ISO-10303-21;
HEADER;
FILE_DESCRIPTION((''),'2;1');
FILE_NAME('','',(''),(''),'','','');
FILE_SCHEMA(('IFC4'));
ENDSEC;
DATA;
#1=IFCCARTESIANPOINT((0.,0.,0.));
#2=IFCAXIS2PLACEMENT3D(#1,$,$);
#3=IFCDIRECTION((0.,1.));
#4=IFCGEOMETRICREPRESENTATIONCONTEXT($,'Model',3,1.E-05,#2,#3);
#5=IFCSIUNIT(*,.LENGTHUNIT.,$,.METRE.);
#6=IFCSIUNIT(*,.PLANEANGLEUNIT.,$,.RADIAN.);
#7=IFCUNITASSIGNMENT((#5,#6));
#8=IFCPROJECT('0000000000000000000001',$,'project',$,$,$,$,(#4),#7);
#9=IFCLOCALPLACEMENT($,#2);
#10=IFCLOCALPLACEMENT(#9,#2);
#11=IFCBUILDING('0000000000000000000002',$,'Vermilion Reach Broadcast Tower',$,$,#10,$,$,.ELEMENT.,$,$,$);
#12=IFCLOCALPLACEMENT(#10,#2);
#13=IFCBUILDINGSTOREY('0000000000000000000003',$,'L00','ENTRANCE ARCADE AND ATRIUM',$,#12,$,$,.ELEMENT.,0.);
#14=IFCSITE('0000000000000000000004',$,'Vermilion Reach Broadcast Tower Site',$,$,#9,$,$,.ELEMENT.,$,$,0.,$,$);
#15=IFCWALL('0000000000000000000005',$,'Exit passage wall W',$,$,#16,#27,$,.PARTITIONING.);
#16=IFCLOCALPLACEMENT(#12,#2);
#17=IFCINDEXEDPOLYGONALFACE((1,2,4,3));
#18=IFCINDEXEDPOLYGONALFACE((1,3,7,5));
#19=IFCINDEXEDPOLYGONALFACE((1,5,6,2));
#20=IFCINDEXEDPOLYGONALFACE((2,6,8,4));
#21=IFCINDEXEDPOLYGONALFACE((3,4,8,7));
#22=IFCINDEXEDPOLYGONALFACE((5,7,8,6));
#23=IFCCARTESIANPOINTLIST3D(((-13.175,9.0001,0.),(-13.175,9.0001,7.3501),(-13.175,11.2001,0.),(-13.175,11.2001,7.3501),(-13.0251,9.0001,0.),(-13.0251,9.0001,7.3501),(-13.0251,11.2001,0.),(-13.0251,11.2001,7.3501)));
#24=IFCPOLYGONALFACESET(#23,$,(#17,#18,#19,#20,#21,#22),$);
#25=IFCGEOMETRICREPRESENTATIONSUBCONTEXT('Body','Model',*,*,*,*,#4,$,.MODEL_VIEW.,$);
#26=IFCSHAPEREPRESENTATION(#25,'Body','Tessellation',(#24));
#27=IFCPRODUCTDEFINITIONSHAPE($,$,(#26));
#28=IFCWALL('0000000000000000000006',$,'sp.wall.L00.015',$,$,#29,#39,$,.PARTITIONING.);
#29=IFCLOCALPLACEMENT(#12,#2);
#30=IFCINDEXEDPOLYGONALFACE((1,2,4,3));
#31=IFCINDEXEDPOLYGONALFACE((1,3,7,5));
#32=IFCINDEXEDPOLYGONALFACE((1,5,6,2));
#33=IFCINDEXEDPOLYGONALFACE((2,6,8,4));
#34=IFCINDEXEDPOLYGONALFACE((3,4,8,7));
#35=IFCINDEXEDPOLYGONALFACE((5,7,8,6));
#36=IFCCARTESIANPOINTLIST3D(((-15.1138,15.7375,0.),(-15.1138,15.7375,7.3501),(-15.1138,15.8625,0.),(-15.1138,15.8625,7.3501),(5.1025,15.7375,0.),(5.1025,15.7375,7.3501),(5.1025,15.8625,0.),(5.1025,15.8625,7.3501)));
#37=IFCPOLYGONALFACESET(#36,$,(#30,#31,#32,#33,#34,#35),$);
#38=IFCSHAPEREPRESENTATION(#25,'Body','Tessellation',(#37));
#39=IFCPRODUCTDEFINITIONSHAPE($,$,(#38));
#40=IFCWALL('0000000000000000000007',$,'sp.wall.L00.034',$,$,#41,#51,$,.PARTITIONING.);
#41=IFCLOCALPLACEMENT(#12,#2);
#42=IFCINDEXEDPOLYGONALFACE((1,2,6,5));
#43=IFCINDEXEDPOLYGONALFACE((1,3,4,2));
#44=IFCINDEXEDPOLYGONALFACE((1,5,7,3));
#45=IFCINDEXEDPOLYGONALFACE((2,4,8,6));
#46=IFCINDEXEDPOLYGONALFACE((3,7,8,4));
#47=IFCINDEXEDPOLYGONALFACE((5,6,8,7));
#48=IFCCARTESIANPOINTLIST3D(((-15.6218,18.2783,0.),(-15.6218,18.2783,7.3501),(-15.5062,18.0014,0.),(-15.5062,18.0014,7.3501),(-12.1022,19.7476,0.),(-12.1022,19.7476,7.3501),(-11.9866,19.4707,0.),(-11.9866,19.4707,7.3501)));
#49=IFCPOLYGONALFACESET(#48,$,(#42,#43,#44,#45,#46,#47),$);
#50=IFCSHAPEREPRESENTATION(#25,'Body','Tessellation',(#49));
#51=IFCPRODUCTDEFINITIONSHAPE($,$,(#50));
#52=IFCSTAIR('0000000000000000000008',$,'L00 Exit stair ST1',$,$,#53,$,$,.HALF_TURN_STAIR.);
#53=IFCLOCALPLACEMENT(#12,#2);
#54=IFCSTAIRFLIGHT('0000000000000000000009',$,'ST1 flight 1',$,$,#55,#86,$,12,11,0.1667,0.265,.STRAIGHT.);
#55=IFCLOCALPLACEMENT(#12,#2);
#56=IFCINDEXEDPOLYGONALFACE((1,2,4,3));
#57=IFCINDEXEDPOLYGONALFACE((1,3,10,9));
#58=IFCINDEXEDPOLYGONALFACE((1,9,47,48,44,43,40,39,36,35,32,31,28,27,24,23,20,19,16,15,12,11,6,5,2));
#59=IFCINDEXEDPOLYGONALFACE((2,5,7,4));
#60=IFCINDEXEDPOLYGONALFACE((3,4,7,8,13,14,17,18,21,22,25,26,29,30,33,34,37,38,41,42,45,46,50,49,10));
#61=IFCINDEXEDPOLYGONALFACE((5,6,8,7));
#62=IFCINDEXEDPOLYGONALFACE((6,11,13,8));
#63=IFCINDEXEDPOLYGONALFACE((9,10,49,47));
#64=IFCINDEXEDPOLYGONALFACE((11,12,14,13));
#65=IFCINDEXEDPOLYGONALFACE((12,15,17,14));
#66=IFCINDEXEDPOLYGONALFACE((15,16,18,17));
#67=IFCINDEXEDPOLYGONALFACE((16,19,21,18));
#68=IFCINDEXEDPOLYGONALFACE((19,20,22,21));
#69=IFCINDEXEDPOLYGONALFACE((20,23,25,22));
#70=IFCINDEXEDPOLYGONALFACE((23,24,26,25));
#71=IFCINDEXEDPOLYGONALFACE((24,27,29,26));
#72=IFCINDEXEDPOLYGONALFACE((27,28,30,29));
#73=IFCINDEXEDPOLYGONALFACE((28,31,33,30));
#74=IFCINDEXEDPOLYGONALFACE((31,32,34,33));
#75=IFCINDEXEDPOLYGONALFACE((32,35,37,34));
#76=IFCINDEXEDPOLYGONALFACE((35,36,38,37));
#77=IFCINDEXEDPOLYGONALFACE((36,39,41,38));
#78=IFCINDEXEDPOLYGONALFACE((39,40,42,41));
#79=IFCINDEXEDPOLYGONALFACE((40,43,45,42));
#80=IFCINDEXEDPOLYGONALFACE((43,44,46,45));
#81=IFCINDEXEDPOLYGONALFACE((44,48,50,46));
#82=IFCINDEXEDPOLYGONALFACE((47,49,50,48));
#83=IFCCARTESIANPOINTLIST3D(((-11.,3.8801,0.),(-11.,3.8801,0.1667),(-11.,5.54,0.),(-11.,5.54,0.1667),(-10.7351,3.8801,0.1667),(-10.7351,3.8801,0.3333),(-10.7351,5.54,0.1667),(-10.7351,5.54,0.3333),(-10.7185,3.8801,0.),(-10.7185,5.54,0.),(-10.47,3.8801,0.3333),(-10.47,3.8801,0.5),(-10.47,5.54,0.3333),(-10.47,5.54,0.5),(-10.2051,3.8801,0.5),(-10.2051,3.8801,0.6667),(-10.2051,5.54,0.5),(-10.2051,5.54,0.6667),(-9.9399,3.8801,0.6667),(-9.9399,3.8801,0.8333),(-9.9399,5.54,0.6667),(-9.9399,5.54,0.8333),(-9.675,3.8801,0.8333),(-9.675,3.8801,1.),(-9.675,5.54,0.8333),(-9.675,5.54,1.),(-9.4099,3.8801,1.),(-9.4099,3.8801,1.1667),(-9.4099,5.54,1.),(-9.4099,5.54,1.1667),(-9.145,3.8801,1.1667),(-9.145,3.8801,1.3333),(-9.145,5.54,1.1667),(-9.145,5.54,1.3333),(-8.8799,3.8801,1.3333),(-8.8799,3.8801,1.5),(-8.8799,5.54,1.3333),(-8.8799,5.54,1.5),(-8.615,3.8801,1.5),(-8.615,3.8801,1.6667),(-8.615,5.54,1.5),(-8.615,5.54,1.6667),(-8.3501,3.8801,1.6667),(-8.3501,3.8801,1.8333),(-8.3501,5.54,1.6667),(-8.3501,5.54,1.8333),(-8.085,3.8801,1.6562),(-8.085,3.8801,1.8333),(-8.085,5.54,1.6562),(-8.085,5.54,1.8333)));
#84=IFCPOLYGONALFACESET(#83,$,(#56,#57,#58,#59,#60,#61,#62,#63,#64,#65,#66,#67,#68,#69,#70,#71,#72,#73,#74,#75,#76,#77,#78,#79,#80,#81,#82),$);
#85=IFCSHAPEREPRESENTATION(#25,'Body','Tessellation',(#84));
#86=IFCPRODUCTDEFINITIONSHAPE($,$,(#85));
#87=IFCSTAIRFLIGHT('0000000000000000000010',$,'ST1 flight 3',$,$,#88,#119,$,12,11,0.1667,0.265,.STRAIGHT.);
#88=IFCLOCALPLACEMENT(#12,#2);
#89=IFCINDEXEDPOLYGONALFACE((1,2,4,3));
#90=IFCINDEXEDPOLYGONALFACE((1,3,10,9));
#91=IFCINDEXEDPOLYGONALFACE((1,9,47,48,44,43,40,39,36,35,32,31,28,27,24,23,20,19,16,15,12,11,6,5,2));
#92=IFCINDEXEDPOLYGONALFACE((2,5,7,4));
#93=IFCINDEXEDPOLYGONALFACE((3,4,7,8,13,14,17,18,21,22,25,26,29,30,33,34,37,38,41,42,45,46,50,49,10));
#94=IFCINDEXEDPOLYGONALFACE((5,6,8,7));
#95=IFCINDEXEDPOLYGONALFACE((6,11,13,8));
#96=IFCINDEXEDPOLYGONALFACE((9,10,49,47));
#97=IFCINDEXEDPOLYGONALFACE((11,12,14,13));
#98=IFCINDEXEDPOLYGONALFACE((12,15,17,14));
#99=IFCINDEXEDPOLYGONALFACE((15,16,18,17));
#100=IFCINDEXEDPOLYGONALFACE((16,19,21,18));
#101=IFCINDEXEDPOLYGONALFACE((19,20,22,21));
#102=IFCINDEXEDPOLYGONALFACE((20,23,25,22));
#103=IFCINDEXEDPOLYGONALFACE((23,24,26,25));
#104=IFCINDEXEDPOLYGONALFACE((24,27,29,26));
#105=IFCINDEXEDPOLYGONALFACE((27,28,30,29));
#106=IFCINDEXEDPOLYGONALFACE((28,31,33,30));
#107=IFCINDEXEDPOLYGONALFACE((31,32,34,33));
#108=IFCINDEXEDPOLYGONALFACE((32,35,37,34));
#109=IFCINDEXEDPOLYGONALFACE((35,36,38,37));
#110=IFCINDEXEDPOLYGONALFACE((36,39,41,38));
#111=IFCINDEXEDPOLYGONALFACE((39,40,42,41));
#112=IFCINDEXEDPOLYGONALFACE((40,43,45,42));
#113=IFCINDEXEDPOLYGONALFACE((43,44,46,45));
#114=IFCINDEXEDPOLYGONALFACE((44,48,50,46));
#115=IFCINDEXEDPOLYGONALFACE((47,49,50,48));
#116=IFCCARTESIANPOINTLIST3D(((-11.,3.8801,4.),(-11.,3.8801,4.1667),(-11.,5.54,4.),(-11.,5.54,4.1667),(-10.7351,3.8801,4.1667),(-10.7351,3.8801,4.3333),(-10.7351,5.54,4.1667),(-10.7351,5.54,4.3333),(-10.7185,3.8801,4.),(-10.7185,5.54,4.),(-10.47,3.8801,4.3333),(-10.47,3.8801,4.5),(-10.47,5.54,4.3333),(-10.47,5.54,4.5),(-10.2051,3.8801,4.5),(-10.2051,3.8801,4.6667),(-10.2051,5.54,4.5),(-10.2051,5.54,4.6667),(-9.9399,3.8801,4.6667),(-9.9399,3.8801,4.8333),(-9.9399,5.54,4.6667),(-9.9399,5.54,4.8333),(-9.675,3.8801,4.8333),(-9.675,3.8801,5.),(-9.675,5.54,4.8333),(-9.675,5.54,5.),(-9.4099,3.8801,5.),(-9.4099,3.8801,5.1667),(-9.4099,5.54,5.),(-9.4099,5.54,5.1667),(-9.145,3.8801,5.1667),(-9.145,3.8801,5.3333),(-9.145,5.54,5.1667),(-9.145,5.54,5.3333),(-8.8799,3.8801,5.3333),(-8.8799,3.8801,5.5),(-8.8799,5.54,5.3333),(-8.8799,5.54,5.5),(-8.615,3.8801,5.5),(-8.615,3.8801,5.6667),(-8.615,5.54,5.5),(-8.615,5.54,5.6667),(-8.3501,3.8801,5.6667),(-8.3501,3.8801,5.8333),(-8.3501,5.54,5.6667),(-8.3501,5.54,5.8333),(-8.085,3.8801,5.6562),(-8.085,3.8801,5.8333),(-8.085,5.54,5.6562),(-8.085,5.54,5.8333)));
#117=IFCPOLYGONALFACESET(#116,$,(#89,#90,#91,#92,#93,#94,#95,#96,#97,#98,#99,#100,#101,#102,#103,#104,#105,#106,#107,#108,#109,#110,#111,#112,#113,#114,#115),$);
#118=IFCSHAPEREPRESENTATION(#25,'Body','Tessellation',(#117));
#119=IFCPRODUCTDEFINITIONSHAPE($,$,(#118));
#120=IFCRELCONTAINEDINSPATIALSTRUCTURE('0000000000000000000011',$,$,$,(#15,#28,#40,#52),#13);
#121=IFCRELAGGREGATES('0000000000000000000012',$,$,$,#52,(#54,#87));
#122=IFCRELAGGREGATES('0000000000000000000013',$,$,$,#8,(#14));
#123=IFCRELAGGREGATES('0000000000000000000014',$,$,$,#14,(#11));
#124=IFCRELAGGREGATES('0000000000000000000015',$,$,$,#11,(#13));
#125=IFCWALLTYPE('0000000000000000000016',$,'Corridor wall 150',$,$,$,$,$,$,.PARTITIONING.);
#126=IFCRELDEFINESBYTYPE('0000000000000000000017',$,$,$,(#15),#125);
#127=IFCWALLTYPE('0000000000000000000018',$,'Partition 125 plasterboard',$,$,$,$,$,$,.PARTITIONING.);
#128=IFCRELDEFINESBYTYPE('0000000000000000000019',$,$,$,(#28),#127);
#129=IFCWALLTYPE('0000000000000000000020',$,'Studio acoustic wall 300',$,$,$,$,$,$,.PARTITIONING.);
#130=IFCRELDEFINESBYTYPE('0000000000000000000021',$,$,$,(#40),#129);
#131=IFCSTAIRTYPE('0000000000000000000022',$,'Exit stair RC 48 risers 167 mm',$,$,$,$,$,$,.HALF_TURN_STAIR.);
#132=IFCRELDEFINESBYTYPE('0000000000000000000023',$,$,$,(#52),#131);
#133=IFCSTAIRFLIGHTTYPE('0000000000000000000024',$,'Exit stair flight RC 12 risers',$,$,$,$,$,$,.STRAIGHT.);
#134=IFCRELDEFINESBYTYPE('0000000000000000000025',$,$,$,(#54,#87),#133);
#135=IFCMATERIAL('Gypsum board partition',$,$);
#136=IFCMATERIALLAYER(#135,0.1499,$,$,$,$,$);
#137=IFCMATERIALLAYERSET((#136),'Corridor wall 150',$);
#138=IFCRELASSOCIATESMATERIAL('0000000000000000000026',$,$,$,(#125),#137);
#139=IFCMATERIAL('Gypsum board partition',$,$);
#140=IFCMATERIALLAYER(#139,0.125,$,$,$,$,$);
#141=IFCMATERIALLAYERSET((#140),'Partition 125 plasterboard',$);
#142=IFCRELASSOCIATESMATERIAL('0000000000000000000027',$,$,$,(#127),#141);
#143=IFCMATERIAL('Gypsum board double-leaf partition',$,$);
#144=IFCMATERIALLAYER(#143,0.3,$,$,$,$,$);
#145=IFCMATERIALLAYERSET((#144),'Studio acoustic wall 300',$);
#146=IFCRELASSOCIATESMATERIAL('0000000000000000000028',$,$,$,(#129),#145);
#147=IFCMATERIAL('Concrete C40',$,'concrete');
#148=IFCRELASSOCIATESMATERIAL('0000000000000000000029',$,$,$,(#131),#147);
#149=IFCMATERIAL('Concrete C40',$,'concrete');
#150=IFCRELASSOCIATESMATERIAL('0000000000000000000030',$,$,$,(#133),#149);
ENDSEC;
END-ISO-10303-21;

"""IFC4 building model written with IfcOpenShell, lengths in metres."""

from ifc_helpers import new_model, si_unit, direction, frame, frame_2d, origin, place, context, subcontext, project, spatial, polyline, rectangle, outline, extrude, material, layer, layer_set, type_object, element, aggregate, save


model = new_model("IFC4")

# Units and contexts
model_context = context("Model", 3, precision=1e-05, world=origin(), true_north=direction((0.0, 1.0)))
body_context = subcontext(model_context, "Body", "Model", "MODEL_VIEW")
ifc_project = project(units=[si_unit("LENGTHUNIT", "METRE"), si_unit("PLANEANGLEUNIT", "RADIAN")], contexts=[model_context])

# Site, building, storey
site_placement = place(None, origin())
site = spatial("IfcSite", under=ifc_project, at=site_placement, Name="Vermilion Reach Broadcast Tower Site", CompositionType="ELEMENT", RefElevation=0.0)
building_placement = place(site_placement, origin())
building = spatial("IfcBuilding", under=site, at=building_placement, Name="Vermilion Reach Broadcast Tower", CompositionType="ELEMENT")
storey_placement = place(building_placement, origin())
storey = spatial("IfcBuildingStorey", under=building, at=storey_placement, Name="L00", Description="ENTRANCE ARCADE AND ATRIUM", CompositionType="ELEMENT", Elevation=0.0)

# Shared definitions
ifc_material_1 = material(Name="Gypsum board partition")
ifc_layer_1 = layer(ifc_material_1, 0.1499)
ifc_layer_set_1 = layer_set([ifc_layer_1], Name="Corridor wall 150")
wall_type_1 = type_object("IfcWallType", Name="Corridor wall 150", PredefinedType="PARTITIONING", material=ifc_layer_set_1)

# Walls
wall_1_placement = place(storey_placement, frame((-13.1001, 9.0, 0.0), z_axis=(0.0, 0.0, 1.0), x_axis=(0.0, 1.0, 0.0)))
element("IfcWall", 1, at=wall_1_placement, inside=storey, type_object=wall_type_1, Name="Exit passage wall W", PredefinedType="PARTITIONING", context=body_context, shape_type="SweptSolid", body=[
    extrude(rectangle(XDim=2.2, YDim=0.1499, at=frame_2d((1.1001, 0.0))), origin(), (0.0, 0.0, 1.0), 7.3501),
])
ifc_material_2 = material(Name="Gypsum board partition")
ifc_layer_2 = layer(ifc_material_2, 0.125)
ifc_layer_set_2 = layer_set([ifc_layer_2], Name="Partition 125 plasterboard")
wall_type_2 = type_object("IfcWallType", Name="Partition 125 plasterboard", PredefinedType="PARTITIONING", material=ifc_layer_set_2)
wall_2_placement = place(storey_placement, frame((-15.1138, 15.8, 0.0), z_axis=(0.0, 0.0, 1.0), x_axis=(1.0, 0.0, 0.0)))
element("IfcWall", 2, at=wall_2_placement, inside=storey, type_object=wall_type_2, Name="sp.wall.L00.015", PredefinedType="PARTITIONING", context=body_context, shape_type="SweptSolid", body=[
    extrude(rectangle(XDim=20.2163, YDim=0.125, at=frame_2d((10.1082, 0.0))), origin(), (0.0, 0.0, 1.0), 7.3501),
])
ifc_material_3 = material(Name="Gypsum board double-leaf partition")
ifc_layer_3 = layer(ifc_material_3, 0.3)
ifc_layer_set_3 = layer_set([ifc_layer_3], Name="Studio acoustic wall 300")
wall_type_3 = type_object("IfcWallType", Name="Studio acoustic wall 300", PredefinedType="PARTITIONING", material=ifc_layer_set_3)
wall_3_placement = place(storey_placement, frame((-15.564, 18.1399, 0.0), z_axis=(0.0, 0.0, 1.0), x_axis=(0.922819, 0.385233, 0.0)))
element("IfcWall", 3, at=wall_3_placement, inside=storey, type_object=wall_type_3, Name="sp.wall.L00.034", PredefinedType="PARTITIONING", context=body_context, shape_type="SweptSolid", body=[
    extrude(rectangle(XDim=3.814, YDim=0.3, at=frame_2d((1.907, 0.0))), origin(), (0.0, 0.0, 1.0), 7.3501),
])

# Stair, stair flights
ifc_material_4 = material(Name="Concrete C40", Category="concrete")
stair_type = type_object("IfcStairType", Name="Exit stair RC 48 risers 167 mm", PredefinedType="HALF_TURN_STAIR", material=ifc_material_4)
stair_placement = place(storey_placement, origin())
stair = element("IfcStair", 4, at=stair_placement, inside=storey, type_object=stair_type, Name="L00 Exit stair ST1", PredefinedType="HALF_TURN_STAIR")
ifc_material_5 = material(Name="Concrete C40", Category="concrete")
stair_flight_type = type_object("IfcStairFlightType", Name="Exit stair flight RC 12 risers", PredefinedType="STRAIGHT", material=ifc_material_5)
stair_flight_1_placement = place(storey_placement, frame((-11.0, 4.71, 0.0), z_axis=(0.0, 0.0, 1.0), x_axis=(1.0, 0.0, 0.0)))
stair_flight_1 = element("IfcStairFlight", 5, at=stair_flight_1_placement, type_object=stair_flight_type, Name="ST1 flight 1", NumberOfRisers=12, NumberOfTreads=11, PredefinedType="STRAIGHT", RiserHeight=0.1667, TreadLength=0.265, context=body_context, shape_type="SweptSolid", body=[
    extrude(outline(polyline([(0.0, 0.0), (0.0, 0.1667), (0.2649, 0.1667), (0.2649, 0.3333), (0.53, 0.3333), (0.53, 0.5), (0.7949, 0.5), (0.7949, 0.6667), (1.0601, 0.6667), (1.0601, 0.8333), (1.325, 0.8333), (1.325, 1.0), (1.5901, 1.0), (1.5901, 1.1667), (1.855, 1.1667), (1.855, 1.3333), (2.1201, 1.3333), (2.1201, 1.5), (2.385, 1.5), (2.385, 1.6667), (2.6499, 1.6667), (2.6499, 1.8333), (2.915, 1.8333), (2.915, 2.0), (2.915, 1.6562), (0.2815, 0.0), (0.0, 0.0)])), frame((0.0, 0.8301, 0.0), z_axis=(0.0, -1.0, 0.0), x_axis=(1.0, 0.0, 0.0)), (0.0, 0.0, 1.0), 1.6599),
])
stair_flight_2_placement = place(storey_placement, frame((-11.0, 4.71, 4.0), z_axis=(0.0, 0.0, 1.0), x_axis=(1.0, 0.0, 0.0)))
stair_flight_2 = element("IfcStairFlight", 6, at=stair_flight_2_placement, type_object=stair_flight_type, Name="ST1 flight 3", NumberOfRisers=12, NumberOfTreads=11, PredefinedType="STRAIGHT", RiserHeight=0.1667, TreadLength=0.265, context=body_context, shape_type="SweptSolid", body=[
    extrude(outline(polyline([(0.0, 0.0), (0.0, 0.1667), (0.2649, 0.1667), (0.2649, 0.3333), (0.53, 0.3333), (0.53, 0.5), (0.7949, 0.5), (0.7949, 0.6667), (1.0601, 0.6667), (1.0601, 0.8333), (1.325, 0.8333), (1.325, 1.0), (1.5901, 1.0), (1.5901, 1.1667), (1.855, 1.1667), (1.855, 1.3333), (2.1201, 1.3333), (2.1201, 1.5), (2.385, 1.5), (2.385, 1.6667), (2.6499, 1.6667), (2.6499, 1.8333), (2.915, 1.8333), (2.915, 2.0), (2.915, 1.6562), (0.2815, 0.0), (0.0, 0.0)])), frame((0.0, 0.8301, 0.0), z_axis=(0.0, -1.0, 0.0), x_axis=(1.0, 0.0, 0.0)), (0.0, 0.0, 1.0), 1.6599),
])
aggregate(stair, [stair_flight_1, stair_flight_2])

save(model, "model.ifc")
